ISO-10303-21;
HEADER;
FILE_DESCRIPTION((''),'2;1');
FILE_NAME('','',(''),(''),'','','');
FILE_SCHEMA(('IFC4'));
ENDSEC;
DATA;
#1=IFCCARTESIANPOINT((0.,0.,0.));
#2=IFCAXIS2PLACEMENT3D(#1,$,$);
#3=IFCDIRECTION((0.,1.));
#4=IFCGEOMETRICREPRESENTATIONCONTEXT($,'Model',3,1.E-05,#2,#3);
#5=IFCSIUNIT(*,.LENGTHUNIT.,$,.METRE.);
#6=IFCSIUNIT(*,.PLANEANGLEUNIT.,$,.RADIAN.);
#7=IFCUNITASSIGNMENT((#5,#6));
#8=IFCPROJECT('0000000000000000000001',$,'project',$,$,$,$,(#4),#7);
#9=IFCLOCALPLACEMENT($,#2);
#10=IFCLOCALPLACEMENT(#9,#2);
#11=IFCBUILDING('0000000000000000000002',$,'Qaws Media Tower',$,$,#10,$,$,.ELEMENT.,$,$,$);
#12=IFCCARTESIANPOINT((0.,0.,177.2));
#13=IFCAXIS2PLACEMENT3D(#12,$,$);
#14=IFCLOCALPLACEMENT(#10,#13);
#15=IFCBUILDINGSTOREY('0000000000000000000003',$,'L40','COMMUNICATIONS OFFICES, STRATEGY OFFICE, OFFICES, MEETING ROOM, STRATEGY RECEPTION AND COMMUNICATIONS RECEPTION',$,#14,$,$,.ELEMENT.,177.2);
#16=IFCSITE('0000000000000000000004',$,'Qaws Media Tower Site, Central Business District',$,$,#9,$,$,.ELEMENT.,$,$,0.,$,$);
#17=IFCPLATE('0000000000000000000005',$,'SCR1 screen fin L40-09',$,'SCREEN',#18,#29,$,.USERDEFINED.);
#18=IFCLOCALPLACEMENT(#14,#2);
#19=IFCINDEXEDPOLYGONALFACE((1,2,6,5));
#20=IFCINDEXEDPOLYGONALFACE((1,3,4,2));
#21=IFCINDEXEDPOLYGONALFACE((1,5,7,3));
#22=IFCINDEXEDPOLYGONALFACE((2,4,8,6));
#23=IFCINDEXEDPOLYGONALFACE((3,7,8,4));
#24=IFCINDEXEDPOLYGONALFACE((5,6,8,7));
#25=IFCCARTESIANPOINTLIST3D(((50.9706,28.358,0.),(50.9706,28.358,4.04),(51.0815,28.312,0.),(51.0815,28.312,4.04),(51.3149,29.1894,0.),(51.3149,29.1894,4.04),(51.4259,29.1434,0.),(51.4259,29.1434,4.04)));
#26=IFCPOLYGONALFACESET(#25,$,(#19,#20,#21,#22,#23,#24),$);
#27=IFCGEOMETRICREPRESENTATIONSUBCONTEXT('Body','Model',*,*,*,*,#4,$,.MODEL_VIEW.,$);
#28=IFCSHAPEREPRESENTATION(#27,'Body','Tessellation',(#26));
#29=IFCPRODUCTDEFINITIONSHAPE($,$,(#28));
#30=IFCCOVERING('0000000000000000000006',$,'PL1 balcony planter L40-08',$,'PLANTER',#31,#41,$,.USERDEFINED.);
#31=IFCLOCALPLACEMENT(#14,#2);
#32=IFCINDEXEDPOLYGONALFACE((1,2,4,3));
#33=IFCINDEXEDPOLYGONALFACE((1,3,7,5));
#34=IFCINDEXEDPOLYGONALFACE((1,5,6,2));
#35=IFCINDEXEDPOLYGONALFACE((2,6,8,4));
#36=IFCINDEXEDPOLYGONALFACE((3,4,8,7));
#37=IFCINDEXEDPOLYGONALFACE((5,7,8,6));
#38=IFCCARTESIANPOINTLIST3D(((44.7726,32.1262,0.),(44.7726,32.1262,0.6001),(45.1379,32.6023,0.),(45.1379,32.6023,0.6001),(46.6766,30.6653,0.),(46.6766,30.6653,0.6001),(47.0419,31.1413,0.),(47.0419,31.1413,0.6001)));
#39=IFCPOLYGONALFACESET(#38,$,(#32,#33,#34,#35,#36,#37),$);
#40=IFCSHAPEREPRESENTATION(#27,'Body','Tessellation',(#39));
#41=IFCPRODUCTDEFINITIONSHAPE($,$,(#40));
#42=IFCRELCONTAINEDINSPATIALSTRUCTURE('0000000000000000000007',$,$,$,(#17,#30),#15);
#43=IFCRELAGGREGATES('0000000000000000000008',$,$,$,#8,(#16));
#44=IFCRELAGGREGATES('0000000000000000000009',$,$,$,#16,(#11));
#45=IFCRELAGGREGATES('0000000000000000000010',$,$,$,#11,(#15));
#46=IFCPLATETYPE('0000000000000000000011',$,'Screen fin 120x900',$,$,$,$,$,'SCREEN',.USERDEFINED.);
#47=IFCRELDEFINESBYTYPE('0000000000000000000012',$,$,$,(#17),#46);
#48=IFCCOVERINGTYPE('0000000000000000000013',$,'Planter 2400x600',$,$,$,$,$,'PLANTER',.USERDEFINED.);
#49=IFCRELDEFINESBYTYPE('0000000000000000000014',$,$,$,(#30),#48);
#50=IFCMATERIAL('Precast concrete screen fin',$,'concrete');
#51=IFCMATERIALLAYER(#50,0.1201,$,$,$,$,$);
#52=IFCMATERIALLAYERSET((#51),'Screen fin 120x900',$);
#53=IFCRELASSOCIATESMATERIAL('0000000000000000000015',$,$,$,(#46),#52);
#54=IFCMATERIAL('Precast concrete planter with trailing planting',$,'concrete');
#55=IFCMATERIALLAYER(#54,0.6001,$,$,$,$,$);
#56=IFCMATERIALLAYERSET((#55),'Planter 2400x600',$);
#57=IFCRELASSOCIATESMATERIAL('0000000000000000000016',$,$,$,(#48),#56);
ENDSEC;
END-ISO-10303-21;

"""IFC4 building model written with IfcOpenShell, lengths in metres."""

from ifc_helpers import new_model, si_unit, direction, frame, origin, origin_2d, place, context, subcontext, project, spatial, rectangle, extrude, material, layer, layer_set, type_object, element, save


model = new_model("IFC4")

# Units and contexts
model_context = context("Model", 3, precision=1e-05, world=origin(), true_north=direction((0.0, 1.0)))
body_context = subcontext(model_context, "Body", "Model", "MODEL_VIEW")
ifc_project = project(units=[si_unit("LENGTHUNIT", "METRE"), si_unit("PLANEANGLEUNIT", "RADIAN")], contexts=[model_context])

# Site, building, storey
site_placement = place(None, origin())
site = spatial("IfcSite", under=ifc_project, at=site_placement, Name="Qaws Media Tower Site, Central Business District", CompositionType="ELEMENT", RefElevation=0.0)
building_placement = place(site_placement, origin())
building = spatial("IfcBuilding", under=site, at=building_placement, Name="Qaws Media Tower", CompositionType="ELEMENT")
storey_placement = place(building_placement, frame((0.0, 0.0, 177.2)))
storey = spatial("IfcBuildingStorey", under=building, at=storey_placement, Name="L40", Description="COMMUNICATIONS OFFICES, STRATEGY OFFICE, OFFICES, MEETING ROOM, STRATEGY RECEPTION AND COMMUNICATIONS RECEPTION", CompositionType="ELEMENT", Elevation=177.2)

# Plate
ifc_material_1 = material(Name="Precast concrete screen fin", Category="concrete")
ifc_layer_1 = layer(ifc_material_1, 0.1201)
ifc_layer_set_1 = layer_set([ifc_layer_1], Name="Screen fin 120x900")
plate_type_1 = type_object("IfcPlateType", Name="Screen fin 120x900", ElementType="SCREEN", PredefinedType="USERDEFINED", material=ifc_layer_set_1)
plate_1_placement = place(storey_placement, frame((51.1982, 28.7507, 0.0), z_axis=(0.0, 0.0, 1.0), x_axis=(-0.382683, -0.92388, 0.0)))
element("IfcPlate", 1, at=plate_1_placement, inside=storey, type_object=plate_type_1, Name="SCR1 screen fin L40-09", ObjectType="SCREEN", PredefinedType="USERDEFINED", context=body_context, shape_type="SweptSolid", body=[
    extrude(rectangle(XDim=0.8999, YDim=0.1201, at=origin_2d()), origin(), (0.0, 0.0, 1.0), 4.04),
])

# Covering
ifc_material_2 = material(Name="Precast concrete planter with trailing planting", Category="concrete")
ifc_layer_2 = layer(ifc_material_2, 0.6001)
ifc_layer_set_2 = layer_set([ifc_layer_2], Name="Planter 2400x600")
covering_type = type_object("IfcCoveringType", Name="Planter 2400x600", ElementType="PLANTER", PredefinedType="USERDEFINED", material=ifc_layer_set_2)
covering_placement = place(storey_placement, frame((45.9072, 31.6338, 0.0), z_axis=(0.0, 0.0, 1.0), x_axis=(0.793353, -0.608761, 0.0)))
element("IfcCovering", 2, at=covering_placement, inside=storey, type_object=covering_type, Name="PL1 balcony planter L40-08", ObjectType="PLANTER", PredefinedType="USERDEFINED", context=body_context, shape_type="SweptSolid", body=[
    extrude(rectangle(XDim=2.3999, YDim=0.6001, at=origin_2d()), origin(), (0.0, 0.0, 1.0), 0.6001),
])

save(model, "model.ifc")
